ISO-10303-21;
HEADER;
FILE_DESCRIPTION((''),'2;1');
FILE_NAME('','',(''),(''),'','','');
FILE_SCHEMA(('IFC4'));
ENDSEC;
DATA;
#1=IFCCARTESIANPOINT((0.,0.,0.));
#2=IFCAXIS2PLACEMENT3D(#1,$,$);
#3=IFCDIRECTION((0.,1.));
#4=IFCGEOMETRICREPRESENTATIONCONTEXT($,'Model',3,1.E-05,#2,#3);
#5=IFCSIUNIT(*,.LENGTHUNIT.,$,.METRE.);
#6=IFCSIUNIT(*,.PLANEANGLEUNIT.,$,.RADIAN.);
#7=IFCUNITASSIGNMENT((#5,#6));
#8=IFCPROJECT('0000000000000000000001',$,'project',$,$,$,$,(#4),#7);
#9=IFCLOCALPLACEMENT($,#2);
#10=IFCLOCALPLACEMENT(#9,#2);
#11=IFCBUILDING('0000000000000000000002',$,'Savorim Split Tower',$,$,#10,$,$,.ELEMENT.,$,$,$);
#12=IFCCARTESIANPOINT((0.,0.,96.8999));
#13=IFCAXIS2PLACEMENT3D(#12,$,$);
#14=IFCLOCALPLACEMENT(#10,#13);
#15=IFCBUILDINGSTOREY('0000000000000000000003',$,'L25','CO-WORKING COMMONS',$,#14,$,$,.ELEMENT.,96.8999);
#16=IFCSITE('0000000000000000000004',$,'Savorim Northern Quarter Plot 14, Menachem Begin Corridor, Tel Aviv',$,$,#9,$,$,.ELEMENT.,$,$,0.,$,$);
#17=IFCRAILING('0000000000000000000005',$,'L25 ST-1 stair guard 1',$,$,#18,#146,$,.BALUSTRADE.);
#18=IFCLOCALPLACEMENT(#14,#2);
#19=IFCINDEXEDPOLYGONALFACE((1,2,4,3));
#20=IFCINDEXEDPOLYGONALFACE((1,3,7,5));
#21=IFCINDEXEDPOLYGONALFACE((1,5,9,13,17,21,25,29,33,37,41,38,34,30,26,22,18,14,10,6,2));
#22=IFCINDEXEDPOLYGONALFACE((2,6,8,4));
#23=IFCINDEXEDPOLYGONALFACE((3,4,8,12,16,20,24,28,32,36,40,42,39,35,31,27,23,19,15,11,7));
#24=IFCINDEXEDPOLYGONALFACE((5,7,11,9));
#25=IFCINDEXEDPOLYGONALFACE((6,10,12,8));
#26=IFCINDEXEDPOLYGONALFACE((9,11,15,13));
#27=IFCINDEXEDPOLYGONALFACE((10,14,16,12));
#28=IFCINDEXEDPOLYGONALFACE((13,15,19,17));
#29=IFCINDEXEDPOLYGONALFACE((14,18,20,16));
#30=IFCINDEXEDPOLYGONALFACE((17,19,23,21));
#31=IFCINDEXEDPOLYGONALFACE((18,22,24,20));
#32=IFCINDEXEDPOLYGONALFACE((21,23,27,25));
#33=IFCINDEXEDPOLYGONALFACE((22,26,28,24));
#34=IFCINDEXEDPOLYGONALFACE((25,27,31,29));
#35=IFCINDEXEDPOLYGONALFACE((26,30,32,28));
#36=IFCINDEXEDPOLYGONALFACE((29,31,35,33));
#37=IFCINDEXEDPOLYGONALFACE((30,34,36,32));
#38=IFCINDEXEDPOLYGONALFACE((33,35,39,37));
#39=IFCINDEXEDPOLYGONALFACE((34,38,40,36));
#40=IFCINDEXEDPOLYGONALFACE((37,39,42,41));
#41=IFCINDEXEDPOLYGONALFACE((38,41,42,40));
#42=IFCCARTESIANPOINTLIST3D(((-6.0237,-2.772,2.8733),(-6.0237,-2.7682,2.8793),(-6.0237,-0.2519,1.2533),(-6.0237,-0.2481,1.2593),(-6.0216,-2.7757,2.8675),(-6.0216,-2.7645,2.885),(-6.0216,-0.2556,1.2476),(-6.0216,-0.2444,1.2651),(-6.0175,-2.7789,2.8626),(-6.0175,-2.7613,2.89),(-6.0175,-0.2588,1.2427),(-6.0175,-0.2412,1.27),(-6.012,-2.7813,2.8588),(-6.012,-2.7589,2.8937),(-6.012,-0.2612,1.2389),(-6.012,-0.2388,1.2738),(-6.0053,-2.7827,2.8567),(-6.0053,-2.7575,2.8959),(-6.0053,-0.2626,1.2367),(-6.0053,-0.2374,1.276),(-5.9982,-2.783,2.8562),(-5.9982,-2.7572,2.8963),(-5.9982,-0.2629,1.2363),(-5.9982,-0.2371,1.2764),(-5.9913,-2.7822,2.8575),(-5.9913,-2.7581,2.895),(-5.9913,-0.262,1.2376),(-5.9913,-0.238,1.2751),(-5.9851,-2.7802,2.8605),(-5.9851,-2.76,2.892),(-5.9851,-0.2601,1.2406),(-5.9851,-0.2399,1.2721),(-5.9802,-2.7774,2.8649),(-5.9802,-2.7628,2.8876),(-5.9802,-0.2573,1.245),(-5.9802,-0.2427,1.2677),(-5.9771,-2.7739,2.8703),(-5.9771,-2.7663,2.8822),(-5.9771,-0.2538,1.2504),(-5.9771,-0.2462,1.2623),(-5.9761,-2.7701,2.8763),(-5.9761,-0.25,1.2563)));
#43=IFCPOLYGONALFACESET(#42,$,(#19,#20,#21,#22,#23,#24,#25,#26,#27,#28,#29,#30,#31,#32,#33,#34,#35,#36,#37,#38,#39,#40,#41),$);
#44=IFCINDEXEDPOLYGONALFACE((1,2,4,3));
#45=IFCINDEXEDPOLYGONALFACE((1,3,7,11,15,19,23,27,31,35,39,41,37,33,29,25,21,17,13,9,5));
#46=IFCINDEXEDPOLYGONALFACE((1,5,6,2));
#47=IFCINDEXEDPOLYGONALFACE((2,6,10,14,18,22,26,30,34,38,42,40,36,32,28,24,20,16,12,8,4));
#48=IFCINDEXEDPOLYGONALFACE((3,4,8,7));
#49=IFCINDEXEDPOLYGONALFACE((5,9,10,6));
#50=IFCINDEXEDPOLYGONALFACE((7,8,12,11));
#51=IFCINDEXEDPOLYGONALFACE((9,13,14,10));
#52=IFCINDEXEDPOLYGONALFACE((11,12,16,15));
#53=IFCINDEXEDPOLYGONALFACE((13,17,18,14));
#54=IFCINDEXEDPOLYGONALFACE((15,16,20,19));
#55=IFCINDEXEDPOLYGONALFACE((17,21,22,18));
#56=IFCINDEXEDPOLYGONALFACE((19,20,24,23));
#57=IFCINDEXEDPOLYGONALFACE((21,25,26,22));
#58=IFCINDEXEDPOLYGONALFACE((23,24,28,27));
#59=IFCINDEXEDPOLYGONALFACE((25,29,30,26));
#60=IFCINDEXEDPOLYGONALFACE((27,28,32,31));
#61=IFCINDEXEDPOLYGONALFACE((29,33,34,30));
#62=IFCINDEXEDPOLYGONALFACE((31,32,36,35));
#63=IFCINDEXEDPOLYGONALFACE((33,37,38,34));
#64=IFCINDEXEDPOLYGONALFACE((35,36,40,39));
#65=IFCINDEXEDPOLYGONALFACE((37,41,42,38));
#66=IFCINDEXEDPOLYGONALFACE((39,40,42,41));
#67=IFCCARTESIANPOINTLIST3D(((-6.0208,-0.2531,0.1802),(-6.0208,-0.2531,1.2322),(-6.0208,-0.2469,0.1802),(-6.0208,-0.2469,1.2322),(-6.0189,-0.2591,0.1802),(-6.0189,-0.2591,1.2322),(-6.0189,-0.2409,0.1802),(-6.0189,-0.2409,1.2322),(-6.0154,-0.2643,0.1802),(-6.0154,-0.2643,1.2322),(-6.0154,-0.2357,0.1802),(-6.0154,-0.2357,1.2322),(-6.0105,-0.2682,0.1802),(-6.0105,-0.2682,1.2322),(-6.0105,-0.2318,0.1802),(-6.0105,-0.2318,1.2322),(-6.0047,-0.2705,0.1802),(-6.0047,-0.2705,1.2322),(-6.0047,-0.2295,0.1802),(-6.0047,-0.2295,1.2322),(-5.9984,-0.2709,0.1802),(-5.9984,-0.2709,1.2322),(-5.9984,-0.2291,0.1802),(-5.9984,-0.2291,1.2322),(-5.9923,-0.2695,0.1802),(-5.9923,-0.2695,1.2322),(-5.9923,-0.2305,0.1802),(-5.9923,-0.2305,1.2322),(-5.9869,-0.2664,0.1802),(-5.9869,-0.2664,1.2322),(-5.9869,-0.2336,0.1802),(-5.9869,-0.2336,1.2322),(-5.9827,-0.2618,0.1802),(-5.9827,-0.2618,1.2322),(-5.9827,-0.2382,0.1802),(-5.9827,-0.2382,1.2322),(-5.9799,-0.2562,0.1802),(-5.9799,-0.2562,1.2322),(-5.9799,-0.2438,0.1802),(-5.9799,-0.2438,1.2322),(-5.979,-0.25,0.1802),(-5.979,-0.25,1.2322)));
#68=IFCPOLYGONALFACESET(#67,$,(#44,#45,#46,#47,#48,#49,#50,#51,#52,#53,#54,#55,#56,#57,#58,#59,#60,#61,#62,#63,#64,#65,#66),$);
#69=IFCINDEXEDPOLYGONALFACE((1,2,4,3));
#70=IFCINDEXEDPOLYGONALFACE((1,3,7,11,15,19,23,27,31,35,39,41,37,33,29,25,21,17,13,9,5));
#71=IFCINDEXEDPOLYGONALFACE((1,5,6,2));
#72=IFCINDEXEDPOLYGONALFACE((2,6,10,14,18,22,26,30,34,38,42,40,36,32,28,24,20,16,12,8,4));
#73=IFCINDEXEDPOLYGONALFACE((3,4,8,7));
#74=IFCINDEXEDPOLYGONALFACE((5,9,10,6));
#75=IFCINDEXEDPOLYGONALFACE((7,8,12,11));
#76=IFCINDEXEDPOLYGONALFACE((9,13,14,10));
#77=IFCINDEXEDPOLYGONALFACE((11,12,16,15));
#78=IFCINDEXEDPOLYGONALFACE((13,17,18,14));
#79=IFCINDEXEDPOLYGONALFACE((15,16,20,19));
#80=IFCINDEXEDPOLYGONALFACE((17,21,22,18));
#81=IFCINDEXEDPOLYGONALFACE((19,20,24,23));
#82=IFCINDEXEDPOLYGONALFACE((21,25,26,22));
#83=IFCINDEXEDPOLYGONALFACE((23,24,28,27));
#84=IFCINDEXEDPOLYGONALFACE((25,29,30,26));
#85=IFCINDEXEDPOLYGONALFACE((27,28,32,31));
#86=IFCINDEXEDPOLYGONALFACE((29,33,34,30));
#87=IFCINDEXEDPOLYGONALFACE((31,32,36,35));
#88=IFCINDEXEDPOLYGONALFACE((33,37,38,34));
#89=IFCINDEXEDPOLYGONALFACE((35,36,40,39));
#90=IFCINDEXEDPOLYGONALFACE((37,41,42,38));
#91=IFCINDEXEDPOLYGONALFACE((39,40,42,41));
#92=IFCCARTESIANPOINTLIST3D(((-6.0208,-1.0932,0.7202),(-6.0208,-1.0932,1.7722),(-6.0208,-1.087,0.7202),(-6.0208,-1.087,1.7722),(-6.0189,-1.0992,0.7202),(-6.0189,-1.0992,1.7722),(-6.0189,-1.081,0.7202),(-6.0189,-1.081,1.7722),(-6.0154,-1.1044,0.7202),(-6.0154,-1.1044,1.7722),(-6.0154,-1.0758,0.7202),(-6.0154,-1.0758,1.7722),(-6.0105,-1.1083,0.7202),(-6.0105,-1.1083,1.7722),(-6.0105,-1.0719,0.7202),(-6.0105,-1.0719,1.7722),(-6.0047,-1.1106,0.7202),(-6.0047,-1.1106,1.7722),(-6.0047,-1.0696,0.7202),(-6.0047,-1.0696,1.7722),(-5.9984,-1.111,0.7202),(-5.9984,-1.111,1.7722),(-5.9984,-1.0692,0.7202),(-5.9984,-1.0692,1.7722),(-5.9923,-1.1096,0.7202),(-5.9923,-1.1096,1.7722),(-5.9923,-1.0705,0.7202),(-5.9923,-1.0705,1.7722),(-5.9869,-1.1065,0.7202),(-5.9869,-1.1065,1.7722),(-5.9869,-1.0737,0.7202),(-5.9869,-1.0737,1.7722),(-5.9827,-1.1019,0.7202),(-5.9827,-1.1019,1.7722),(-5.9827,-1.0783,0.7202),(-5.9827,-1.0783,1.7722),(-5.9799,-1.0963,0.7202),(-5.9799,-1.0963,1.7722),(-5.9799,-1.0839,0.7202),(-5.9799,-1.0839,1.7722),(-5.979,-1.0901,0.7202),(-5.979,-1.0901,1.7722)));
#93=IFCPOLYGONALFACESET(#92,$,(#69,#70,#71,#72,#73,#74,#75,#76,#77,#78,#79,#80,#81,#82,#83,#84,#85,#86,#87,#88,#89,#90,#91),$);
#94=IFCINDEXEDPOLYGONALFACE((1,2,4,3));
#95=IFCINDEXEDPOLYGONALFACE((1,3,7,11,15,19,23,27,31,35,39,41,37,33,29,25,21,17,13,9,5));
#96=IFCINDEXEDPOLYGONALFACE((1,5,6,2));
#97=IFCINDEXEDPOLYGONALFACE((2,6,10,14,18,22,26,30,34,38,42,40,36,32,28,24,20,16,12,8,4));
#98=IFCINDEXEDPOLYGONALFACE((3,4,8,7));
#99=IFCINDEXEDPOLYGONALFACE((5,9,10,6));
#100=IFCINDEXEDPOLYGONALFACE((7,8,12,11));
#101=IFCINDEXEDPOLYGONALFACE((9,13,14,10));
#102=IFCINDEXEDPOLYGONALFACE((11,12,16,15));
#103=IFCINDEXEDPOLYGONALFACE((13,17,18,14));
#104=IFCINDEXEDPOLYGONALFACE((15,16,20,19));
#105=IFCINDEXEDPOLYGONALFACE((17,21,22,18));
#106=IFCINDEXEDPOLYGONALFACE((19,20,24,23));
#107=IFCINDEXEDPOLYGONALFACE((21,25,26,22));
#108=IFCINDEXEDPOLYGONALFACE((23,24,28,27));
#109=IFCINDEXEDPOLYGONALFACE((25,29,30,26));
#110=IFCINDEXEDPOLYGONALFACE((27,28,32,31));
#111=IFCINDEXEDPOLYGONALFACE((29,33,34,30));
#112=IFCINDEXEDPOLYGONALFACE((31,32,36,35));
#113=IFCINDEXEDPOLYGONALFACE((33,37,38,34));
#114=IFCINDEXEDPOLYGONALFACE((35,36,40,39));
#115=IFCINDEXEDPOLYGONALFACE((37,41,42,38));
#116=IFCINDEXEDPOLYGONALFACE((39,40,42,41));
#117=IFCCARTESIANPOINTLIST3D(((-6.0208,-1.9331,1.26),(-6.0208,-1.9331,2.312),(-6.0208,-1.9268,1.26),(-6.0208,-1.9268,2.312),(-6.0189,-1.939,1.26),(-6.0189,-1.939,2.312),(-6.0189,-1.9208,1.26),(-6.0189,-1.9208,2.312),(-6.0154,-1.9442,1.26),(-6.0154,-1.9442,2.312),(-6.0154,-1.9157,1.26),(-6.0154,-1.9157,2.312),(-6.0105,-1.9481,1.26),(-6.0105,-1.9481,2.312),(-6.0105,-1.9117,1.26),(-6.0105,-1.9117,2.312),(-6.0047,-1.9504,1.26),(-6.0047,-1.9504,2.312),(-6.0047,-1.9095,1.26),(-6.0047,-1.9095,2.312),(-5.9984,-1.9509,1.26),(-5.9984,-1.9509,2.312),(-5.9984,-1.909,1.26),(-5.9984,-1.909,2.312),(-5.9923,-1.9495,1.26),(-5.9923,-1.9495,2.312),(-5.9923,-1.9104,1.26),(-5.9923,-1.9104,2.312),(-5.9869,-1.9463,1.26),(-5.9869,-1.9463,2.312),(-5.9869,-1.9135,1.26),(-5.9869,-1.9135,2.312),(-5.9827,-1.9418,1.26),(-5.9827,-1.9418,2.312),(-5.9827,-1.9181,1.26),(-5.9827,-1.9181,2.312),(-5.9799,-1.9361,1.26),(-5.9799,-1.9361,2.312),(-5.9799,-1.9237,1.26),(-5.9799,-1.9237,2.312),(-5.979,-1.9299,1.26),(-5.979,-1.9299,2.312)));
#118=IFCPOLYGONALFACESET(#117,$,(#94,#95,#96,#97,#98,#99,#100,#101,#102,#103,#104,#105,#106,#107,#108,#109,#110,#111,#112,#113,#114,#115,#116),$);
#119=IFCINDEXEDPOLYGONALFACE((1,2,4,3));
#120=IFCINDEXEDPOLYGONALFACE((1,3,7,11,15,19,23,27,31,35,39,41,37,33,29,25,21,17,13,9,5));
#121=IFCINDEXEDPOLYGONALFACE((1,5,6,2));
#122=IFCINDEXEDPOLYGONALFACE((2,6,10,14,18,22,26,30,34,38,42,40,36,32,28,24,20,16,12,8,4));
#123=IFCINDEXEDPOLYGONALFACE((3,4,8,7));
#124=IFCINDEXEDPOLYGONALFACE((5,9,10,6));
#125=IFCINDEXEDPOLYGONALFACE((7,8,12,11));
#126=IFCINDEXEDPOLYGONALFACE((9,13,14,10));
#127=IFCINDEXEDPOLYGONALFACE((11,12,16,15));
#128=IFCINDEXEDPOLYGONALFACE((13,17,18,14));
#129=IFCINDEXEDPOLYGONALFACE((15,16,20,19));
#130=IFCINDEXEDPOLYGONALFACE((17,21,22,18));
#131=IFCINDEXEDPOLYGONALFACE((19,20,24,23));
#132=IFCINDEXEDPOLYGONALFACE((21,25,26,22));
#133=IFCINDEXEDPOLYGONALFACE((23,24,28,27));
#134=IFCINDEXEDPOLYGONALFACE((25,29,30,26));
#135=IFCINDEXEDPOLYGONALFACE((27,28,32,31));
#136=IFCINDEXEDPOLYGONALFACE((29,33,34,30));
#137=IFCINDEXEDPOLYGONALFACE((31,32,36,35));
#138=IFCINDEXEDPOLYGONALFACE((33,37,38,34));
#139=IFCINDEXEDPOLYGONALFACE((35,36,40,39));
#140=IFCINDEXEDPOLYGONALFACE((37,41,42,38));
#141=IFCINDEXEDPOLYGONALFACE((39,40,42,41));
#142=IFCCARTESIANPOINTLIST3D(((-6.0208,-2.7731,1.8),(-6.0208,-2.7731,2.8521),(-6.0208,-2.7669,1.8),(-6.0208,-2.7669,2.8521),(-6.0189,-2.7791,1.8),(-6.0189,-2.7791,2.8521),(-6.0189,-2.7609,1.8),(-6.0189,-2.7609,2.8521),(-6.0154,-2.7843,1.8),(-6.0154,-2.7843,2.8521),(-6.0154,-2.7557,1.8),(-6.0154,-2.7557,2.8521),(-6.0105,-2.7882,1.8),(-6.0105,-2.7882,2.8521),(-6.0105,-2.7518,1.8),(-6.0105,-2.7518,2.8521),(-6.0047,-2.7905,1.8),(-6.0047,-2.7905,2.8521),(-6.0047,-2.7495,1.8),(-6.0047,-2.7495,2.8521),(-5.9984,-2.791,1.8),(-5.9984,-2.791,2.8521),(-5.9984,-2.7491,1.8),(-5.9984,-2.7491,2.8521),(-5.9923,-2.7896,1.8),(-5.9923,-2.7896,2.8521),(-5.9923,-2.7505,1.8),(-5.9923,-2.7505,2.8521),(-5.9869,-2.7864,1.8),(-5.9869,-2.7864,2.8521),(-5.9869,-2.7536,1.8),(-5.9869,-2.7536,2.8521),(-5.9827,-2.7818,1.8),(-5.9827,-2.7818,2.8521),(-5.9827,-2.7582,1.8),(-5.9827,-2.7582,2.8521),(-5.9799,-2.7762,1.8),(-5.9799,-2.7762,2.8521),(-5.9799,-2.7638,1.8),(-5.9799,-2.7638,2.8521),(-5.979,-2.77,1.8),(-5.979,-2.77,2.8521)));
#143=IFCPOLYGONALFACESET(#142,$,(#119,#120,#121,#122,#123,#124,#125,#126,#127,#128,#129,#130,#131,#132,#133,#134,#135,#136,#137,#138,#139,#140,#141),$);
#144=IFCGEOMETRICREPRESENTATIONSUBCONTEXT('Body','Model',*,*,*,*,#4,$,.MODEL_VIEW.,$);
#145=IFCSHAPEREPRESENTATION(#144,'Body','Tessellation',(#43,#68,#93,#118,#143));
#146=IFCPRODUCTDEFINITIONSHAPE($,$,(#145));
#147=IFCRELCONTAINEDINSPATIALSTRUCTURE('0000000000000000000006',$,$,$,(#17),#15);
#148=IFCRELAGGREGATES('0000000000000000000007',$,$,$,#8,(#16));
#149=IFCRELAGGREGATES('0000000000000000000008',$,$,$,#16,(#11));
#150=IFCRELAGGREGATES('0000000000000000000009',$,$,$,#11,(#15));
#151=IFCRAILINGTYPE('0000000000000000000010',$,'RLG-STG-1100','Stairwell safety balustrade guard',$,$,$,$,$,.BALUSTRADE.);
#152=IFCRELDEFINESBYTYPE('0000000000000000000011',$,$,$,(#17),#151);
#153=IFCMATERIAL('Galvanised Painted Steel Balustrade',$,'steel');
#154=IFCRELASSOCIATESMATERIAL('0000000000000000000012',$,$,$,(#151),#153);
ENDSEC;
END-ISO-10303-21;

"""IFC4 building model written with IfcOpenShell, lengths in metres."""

from ifc_helpers import new_model, si_unit, direction, frame, origin, origin_2d, place, context, subcontext, project, spatial, circle, extrude, material, type_object, element, save


model = new_model("IFC4")

# Units and contexts
model_context = context("Model", 3, precision=1e-05, world=origin(), true_north=direction((0.0, 1.0)))
body_context = subcontext(model_context, "Body", "Model", "MODEL_VIEW")
ifc_project = project(units=[si_unit("LENGTHUNIT", "METRE"), si_unit("PLANEANGLEUNIT", "RADIAN")], contexts=[model_context])

# Site, building, storey
site_placement = place(None, origin())
site = spatial("IfcSite", under=ifc_project, at=site_placement, Name="Savorim Northern Quarter Plot 14, Menachem Begin Corridor, Tel Aviv", CompositionType="ELEMENT", RefElevation=0.0)
building_placement = place(site_placement, origin())
building = spatial("IfcBuilding", under=site, at=building_placement, Name="Savorim Split Tower", CompositionType="ELEMENT")
storey_placement = place(building_placement, frame((0.0, 0.0, 96.8999)))
storey = spatial("IfcBuildingStorey", under=building, at=storey_placement, Name="L25", Description="CO-WORKING COMMONS", CompositionType="ELEMENT", Elevation=96.8999)

# Railing
ifc_material_1 = material(Name="Galvanised Painted Steel Balustrade", Category="steel")
railing_type_1 = type_object("IfcRailingType", Name="RLG-STG-1100", Description="Stairwell safety balustrade guard", PredefinedType="BALUSTRADE", material=ifc_material_1)
railing_1_placement = place(storey_placement, frame((-6.0, -0.25, 0.1802)))
element("IfcRailing", 1, at=railing_1_placement, inside=storey, type_object=railing_type_1, Name="L25 ST-1 stair guard 1", PredefinedType="BALUSTRADE", context=body_context, shape_type="SweptSolid", body=[
    extrude(circle(Radius=0.0239, at=origin_2d()), frame((0.0, 0.0, 1.0762), z_axis=(0.0, -0.8412, 0.540725), x_axis=(1.0, 0.0, 0.0)), (0.0, 0.0, 1.0), 2.9958),
    extrude(circle(Radius=0.021, at=origin_2d()), origin(), (0.0, 0.0, 1.0), 1.052),
    extrude(circle(Radius=0.021, at=origin_2d()), frame((0.0, -0.8401, 0.54)), (0.0, 0.0, 1.0), 1.052),
    extrude(circle(Radius=0.021, at=origin_2d()), frame((0.0, -1.6799, 1.0798)), (0.0, 0.0, 1.0), 1.052),
    extrude(circle(Radius=0.021, at=origin_2d()), frame((0.0, -2.52, 1.6199)), (0.0, 0.0, 1.0), 1.052),
])

save(model, "model.ifc")
